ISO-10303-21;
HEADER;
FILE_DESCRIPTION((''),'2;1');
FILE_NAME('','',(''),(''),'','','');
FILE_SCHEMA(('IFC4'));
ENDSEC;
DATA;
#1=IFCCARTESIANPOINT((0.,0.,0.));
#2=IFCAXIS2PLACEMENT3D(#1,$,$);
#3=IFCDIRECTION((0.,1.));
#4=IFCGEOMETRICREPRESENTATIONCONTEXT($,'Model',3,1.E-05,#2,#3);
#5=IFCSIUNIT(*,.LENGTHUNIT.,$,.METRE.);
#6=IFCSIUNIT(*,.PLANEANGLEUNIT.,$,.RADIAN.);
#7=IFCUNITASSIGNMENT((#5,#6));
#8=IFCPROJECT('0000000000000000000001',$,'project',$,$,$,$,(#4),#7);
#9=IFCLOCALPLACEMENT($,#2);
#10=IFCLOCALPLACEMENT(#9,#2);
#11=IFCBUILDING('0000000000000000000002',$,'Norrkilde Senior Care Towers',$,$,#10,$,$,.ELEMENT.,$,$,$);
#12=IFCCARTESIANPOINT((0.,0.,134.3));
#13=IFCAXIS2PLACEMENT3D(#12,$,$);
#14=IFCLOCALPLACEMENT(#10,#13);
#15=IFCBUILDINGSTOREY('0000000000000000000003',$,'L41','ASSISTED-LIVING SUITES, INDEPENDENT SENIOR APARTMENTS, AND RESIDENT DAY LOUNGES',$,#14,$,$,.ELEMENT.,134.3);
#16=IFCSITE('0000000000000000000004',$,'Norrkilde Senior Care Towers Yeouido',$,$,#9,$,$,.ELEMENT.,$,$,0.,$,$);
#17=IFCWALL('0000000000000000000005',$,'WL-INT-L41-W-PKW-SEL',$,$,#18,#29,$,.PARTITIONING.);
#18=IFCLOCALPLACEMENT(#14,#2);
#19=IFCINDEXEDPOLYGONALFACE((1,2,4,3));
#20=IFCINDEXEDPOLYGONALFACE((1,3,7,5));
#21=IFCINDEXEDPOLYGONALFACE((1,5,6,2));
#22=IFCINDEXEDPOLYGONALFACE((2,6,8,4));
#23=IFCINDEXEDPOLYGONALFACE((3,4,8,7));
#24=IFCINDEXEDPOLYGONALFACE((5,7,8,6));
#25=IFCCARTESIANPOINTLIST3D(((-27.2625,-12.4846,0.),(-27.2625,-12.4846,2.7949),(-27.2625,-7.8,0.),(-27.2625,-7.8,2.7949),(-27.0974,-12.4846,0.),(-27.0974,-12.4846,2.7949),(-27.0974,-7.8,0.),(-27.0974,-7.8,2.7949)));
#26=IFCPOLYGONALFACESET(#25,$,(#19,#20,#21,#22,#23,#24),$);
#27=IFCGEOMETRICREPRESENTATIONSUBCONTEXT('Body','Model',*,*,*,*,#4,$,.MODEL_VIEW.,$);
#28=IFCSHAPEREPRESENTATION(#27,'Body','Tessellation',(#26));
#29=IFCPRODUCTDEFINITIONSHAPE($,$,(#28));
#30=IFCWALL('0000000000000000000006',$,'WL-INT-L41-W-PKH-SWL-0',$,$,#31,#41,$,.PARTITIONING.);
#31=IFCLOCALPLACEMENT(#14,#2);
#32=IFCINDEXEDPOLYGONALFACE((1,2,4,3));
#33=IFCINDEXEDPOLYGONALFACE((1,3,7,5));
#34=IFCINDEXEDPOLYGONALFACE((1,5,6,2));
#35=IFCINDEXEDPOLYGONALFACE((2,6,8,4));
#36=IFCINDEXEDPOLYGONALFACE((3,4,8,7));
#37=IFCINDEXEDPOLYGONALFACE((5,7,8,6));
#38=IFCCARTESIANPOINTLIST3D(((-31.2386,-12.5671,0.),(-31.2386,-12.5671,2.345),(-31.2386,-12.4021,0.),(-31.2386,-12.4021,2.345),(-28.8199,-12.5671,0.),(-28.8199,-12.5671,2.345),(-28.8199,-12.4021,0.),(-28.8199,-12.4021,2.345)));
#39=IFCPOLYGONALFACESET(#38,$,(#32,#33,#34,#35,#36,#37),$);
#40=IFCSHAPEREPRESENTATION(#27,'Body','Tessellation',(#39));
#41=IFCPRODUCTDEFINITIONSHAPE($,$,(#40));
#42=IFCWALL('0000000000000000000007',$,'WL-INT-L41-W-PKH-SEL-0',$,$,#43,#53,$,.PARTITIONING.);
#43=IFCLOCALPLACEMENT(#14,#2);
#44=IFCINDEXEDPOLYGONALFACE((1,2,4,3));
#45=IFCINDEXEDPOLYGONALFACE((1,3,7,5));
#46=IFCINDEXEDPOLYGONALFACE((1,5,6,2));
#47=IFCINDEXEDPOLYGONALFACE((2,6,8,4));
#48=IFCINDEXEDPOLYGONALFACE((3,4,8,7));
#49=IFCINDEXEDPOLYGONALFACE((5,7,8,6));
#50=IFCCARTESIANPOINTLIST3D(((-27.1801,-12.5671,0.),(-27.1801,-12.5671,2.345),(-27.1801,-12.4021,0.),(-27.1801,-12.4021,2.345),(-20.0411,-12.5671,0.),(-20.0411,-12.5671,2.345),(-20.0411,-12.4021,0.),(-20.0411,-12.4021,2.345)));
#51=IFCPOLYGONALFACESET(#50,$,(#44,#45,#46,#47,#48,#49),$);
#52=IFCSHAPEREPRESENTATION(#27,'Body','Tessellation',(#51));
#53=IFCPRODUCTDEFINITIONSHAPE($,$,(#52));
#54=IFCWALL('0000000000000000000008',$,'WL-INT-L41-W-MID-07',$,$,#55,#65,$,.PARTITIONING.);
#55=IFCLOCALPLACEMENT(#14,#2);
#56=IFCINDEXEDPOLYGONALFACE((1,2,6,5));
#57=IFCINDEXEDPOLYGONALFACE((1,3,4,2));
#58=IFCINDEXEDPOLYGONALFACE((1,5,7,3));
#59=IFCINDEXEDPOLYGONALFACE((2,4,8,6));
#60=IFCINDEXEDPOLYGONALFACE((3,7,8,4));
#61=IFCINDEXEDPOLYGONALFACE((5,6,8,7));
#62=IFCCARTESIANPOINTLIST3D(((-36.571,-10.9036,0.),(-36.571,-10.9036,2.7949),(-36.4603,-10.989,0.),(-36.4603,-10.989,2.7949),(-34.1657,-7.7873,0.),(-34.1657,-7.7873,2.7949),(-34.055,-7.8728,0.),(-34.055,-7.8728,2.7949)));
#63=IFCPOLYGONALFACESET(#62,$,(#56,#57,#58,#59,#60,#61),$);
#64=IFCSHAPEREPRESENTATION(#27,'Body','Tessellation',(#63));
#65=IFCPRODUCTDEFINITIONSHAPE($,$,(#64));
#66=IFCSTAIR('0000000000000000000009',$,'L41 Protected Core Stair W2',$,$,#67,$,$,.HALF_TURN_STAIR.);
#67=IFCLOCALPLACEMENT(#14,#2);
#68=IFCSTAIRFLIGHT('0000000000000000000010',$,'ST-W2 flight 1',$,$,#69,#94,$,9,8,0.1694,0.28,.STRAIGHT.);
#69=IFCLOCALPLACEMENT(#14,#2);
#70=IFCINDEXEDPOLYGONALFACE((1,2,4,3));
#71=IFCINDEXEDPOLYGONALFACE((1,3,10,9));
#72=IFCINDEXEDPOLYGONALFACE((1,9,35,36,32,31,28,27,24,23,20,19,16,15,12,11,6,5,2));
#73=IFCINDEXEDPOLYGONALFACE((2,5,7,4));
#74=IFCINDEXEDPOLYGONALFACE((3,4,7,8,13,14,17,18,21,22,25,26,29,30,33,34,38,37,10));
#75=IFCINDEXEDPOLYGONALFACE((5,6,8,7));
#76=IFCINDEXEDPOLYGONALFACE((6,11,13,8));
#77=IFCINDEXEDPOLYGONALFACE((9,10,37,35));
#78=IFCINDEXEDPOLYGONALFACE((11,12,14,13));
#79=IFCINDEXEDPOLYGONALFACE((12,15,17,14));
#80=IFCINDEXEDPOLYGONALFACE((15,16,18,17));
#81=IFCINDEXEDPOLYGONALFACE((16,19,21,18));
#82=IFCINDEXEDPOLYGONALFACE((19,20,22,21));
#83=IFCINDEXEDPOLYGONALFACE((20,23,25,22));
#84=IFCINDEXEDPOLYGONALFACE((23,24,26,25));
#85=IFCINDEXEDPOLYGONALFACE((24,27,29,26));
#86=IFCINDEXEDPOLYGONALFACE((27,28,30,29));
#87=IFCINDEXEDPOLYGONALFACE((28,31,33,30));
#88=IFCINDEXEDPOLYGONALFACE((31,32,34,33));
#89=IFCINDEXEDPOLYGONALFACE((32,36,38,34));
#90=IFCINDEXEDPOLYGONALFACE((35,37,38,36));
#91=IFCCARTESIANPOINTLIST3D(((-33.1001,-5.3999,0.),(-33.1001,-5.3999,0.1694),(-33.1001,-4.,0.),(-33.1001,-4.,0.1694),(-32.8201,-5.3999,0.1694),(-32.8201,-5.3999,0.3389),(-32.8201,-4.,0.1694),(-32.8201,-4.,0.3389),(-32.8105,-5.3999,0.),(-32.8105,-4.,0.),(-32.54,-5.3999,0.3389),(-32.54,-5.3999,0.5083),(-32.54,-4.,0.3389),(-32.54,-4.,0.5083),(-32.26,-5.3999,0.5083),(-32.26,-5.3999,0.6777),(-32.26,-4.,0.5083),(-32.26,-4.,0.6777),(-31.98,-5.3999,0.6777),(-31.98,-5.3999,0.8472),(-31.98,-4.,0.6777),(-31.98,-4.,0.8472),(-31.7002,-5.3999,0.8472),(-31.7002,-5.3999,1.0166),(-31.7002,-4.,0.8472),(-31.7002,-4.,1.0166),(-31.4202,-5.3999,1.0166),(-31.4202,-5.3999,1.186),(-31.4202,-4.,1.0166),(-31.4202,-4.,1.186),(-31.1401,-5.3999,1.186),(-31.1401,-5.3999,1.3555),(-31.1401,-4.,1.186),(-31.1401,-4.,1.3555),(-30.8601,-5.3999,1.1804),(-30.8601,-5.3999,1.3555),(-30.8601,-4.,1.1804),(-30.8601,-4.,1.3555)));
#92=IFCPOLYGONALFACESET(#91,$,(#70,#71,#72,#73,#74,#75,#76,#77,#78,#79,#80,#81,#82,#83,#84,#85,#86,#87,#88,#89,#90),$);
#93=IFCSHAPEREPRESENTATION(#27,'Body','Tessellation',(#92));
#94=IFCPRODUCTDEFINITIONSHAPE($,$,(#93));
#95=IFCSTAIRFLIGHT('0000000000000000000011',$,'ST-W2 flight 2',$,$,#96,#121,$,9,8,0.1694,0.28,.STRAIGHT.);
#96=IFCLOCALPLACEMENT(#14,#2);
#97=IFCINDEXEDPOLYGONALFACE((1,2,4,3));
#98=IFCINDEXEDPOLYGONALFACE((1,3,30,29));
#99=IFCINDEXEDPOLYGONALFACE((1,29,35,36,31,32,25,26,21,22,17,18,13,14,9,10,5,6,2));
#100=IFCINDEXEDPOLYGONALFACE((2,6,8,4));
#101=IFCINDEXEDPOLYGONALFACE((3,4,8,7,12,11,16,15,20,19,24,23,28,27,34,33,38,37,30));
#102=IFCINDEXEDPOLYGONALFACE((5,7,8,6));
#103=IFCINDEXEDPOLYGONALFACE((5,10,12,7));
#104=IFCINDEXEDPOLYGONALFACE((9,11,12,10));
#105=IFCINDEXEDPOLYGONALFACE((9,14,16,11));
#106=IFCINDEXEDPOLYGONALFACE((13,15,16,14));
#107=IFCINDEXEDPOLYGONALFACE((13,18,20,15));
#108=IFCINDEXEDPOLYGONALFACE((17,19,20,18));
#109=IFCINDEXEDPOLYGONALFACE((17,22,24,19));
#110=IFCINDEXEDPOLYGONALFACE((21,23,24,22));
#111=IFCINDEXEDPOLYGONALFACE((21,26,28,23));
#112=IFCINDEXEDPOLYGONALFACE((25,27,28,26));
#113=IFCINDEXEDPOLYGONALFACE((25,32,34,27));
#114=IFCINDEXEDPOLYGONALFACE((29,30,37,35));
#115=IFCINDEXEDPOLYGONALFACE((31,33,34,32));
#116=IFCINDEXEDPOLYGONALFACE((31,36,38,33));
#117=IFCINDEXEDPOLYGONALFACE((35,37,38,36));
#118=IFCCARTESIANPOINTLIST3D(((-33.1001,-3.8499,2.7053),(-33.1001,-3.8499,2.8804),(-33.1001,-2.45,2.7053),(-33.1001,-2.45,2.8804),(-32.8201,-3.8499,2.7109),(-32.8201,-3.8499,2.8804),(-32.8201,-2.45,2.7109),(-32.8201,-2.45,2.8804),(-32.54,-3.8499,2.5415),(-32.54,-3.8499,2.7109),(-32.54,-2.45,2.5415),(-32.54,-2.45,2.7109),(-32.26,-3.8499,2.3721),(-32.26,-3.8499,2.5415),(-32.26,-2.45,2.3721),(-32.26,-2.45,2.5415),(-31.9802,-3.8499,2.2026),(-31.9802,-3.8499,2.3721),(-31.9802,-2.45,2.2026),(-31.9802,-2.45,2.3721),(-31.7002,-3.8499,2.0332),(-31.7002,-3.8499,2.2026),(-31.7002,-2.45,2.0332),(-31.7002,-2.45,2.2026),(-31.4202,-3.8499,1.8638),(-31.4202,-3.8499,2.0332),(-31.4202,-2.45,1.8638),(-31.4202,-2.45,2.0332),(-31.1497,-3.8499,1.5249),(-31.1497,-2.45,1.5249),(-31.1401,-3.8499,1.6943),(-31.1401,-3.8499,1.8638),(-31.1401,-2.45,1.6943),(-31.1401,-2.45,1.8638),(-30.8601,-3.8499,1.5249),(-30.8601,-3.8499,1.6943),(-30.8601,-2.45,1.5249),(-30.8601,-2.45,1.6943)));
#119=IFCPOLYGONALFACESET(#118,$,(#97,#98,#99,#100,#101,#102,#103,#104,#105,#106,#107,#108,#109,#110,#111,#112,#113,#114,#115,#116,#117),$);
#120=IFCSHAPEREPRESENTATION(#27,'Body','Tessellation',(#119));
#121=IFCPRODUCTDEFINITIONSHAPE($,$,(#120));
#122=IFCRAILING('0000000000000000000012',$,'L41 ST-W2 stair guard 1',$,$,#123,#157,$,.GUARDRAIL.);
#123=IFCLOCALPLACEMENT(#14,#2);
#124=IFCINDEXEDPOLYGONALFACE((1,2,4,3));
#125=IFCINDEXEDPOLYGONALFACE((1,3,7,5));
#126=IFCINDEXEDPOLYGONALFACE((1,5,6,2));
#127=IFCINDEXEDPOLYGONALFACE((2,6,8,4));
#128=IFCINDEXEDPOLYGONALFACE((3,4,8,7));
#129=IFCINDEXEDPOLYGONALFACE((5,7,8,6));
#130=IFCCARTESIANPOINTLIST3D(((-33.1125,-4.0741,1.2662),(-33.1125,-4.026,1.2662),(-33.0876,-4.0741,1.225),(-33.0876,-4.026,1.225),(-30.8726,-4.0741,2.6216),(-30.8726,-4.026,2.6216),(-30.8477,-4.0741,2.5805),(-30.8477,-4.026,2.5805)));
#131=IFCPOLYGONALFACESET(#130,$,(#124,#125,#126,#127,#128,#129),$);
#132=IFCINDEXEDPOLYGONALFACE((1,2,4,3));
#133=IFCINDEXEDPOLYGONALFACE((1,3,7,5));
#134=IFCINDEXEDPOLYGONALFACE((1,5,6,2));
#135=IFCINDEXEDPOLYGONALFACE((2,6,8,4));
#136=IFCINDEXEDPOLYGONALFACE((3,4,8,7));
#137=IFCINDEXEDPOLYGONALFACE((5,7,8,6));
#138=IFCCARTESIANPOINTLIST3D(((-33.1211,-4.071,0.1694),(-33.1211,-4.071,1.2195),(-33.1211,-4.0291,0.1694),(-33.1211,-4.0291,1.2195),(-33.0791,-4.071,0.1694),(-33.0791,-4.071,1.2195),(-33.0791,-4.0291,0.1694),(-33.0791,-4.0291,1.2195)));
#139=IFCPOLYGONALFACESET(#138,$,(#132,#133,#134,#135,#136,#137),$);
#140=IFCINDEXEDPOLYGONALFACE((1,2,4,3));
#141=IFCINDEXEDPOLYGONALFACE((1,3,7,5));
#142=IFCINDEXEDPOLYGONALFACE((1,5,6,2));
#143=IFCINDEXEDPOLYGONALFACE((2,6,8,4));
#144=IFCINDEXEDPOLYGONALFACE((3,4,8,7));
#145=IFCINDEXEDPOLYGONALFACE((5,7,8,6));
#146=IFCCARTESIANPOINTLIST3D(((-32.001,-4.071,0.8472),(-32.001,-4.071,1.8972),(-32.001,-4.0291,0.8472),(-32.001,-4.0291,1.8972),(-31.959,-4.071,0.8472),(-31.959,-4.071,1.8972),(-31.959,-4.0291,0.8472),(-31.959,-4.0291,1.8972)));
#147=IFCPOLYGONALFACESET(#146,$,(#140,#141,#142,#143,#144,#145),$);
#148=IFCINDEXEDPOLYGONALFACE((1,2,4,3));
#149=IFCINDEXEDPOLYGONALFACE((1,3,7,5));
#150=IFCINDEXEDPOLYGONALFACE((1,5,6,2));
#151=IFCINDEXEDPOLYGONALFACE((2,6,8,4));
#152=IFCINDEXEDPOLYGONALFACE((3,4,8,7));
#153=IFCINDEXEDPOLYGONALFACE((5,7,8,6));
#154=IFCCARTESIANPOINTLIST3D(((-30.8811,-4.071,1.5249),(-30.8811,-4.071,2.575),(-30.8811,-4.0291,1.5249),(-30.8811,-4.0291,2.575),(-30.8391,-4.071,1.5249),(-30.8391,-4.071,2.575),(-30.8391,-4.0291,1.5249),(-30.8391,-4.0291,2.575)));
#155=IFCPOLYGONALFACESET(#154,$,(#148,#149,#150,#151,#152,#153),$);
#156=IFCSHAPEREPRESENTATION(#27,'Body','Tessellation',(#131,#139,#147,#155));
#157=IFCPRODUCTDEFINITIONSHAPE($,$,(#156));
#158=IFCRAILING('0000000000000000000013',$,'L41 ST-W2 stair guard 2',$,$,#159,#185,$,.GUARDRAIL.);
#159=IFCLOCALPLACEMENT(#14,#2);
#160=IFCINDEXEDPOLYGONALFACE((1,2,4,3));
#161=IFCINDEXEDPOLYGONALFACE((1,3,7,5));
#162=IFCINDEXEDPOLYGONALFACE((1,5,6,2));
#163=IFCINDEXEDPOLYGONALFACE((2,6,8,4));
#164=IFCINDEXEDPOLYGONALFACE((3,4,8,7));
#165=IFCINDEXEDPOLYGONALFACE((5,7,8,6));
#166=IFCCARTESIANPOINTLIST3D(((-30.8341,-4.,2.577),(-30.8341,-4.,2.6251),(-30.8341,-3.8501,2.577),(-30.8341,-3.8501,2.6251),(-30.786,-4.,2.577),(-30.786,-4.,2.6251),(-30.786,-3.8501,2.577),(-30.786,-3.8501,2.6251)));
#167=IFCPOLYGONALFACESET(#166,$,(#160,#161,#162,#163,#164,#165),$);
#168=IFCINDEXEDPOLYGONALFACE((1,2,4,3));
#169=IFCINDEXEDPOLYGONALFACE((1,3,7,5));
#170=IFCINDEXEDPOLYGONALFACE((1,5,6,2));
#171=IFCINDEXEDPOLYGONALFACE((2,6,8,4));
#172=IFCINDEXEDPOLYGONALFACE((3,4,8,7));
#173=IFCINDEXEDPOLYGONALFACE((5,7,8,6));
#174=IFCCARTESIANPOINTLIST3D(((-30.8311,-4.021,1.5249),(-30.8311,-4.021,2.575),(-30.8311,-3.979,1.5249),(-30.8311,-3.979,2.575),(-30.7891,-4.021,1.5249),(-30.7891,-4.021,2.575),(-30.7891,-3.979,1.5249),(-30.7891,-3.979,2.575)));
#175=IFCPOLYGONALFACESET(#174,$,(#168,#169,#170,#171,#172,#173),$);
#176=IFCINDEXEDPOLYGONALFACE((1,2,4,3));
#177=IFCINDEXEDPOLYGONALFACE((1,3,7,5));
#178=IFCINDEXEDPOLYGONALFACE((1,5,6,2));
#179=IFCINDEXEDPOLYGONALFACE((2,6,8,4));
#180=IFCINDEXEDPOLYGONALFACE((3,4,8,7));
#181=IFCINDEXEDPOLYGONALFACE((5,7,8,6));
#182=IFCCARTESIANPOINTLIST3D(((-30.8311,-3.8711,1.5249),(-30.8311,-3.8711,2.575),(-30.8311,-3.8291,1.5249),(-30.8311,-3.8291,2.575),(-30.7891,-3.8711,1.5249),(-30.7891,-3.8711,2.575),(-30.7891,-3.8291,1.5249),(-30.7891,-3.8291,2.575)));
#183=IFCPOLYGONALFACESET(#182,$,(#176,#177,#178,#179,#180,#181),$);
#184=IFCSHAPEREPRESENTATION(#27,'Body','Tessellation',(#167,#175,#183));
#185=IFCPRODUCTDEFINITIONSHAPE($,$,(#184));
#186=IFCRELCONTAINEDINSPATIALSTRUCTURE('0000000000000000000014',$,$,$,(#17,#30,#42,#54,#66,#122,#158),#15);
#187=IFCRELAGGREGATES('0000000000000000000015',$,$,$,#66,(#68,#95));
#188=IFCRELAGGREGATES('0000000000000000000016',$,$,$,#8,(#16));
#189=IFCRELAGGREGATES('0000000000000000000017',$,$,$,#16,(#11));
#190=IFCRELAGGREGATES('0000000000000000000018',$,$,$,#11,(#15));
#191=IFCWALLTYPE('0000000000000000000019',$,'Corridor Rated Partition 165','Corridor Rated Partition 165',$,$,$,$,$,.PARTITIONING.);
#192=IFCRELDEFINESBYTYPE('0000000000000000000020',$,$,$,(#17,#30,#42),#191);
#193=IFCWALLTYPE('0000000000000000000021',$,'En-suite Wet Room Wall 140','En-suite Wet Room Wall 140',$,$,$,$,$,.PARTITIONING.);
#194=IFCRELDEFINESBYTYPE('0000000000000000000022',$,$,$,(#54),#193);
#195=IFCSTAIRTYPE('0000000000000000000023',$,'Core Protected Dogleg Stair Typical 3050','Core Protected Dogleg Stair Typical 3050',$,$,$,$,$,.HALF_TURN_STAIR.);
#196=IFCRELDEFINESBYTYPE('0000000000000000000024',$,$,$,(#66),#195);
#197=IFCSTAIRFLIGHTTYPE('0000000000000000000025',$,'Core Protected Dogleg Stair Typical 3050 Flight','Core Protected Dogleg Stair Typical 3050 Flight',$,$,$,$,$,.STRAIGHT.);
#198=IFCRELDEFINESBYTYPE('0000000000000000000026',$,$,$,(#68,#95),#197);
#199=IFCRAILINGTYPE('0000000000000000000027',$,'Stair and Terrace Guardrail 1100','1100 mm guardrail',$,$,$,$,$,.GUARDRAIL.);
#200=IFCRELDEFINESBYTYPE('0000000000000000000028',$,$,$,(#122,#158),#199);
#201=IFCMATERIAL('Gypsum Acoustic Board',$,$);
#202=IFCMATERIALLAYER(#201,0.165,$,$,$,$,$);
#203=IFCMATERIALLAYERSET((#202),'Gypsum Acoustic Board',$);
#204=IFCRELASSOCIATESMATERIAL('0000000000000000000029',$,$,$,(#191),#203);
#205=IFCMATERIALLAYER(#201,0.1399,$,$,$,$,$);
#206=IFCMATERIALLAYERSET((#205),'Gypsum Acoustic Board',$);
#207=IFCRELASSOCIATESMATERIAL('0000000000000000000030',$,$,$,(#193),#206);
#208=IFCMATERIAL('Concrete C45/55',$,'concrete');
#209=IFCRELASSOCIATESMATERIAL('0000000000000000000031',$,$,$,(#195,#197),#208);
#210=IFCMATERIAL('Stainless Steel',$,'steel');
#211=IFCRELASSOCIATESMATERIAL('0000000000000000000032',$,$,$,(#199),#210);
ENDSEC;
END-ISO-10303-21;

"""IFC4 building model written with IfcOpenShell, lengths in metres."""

from ifc_helpers import new_model, si_unit, direction, frame, frame_2d, origin, origin_2d, place, context, subcontext, project, spatial, polyline, rectangle, outline, extrude, source, transform, mapped, material, layer, layer_set, type_object, type_shapes, element, aggregate, save


model = new_model("IFC4")

# Units and contexts
model_context = context("Model", 3, precision=1e-05, world=origin(), true_north=direction((0.0, 1.0)))
body_context = subcontext(model_context, "Body", "Model", "MODEL_VIEW")
ifc_project = project(units=[si_unit("LENGTHUNIT", "METRE"), si_unit("PLANEANGLEUNIT", "RADIAN")], contexts=[model_context])

# Site, building, storey
site_placement = place(None, origin())
site = spatial("IfcSite", under=ifc_project, at=site_placement, Name="Norrkilde Senior Care Towers Yeouido", CompositionType="ELEMENT", RefElevation=0.0)
building_placement = place(site_placement, origin())
building = spatial("IfcBuilding", under=site, at=building_placement, Name="Norrkilde Senior Care Towers", CompositionType="ELEMENT")
storey_placement = place(building_placement, frame((0.0, 0.0, 134.3)))
storey = spatial("IfcBuildingStorey", under=building, at=storey_placement, Name="L41", Description="ASSISTED-LIVING SUITES, INDEPENDENT SENIOR APARTMENTS, AND RESIDENT DAY LOUNGES", CompositionType="ELEMENT", Elevation=134.3)

# Shared definitions
ifc_material_1 = material(Name="Concrete C45/55", Category="concrete")

# Shared definitions
ifc_material_2 = material(Name="Stainless Steel", Category="steel")

# Shared definitions
ifc_material_3 = material(Name="Gypsum Acoustic Board")
ifc_layer_1 = layer(ifc_material_3, 0.165)
ifc_layer_set_1 = layer_set([ifc_layer_1], Name="Gypsum Acoustic Board")
wall_type_1 = type_object("IfcWallType", Name="Corridor Rated Partition 165", Description="Corridor Rated Partition 165", PredefinedType="PARTITIONING", material=ifc_layer_set_1)

# Shared definitions
shared_shape_1 = source(origin(), body_context, "Body", "SweptSolid", [
    extrude(rectangle(XDim=4.6846, YDim=0.165, at=frame_2d((2.3423, 0.0))), origin(), (0.0, 0.0, 1.0), 2.7949),
])

# Walls
wall_1_placement = place(storey_placement, frame((-27.1799, -12.4846, 0.0), z_axis=(0.0, 0.0, 1.0), x_axis=(0.0, 1.0, 0.0)))
element("IfcWall", 1, at=wall_1_placement, inside=storey, type_object=wall_type_1, Name="WL-INT-L41-W-PKW-SEL", PredefinedType="PARTITIONING", context=body_context, shape_type="MappedRepresentation", body=[
    mapped(shared_shape_1, transform((0.0, 0.0, 0.0), x_axis=(1.0, 0.0, 0.0), y_axis=(0.0, 1.0, 0.0), z_axis=(0.0, 0.0, 1.0), scale=1.0)),
])
shared_shape_2 = source(origin(), body_context, "Body", "SweptSolid", [
    extrude(rectangle(XDim=2.4187, YDim=0.165, at=frame_2d((1.2095, 0.0))), origin(), (0.0, 0.0, 1.0), 2.345),
])
wall_2_placement = place(storey_placement, frame((-31.2388, -12.4846, 0.0), z_axis=(0.0, 0.0, 1.0), x_axis=(1.0, 0.0, 0.0)))
element("IfcWall", 2, at=wall_2_placement, inside=storey, type_object=wall_type_1, Name="WL-INT-L41-W-PKH-SWL-0", PredefinedType="PARTITIONING", context=body_context, shape_type="MappedRepresentation", body=[
    mapped(shared_shape_2, transform((0.0, 0.0, 0.0), x_axis=(1.0, 0.0, 0.0), y_axis=(0.0, 1.0, 0.0), z_axis=(0.0, 0.0, 1.0), scale=1.0)),
])
shared_shape_3 = source(origin(), body_context, "Body", "SweptSolid", [
    extrude(rectangle(XDim=7.1389, YDim=0.165, at=frame_2d((3.5693, 0.0))), origin(), (0.0, 0.0, 1.0), 2.345),
])
wall_3_placement = place(storey_placement, frame((-27.1799, -12.4846, 0.0), z_axis=(0.0, 0.0, 1.0), x_axis=(1.0, 0.0, 0.0)))
element("IfcWall", 3, at=wall_3_placement, inside=storey, type_object=wall_type_1, Name="WL-INT-L41-W-PKH-SEL-0", PredefinedType="PARTITIONING", context=body_context, shape_type="MappedRepresentation", body=[
    mapped(shared_shape_3, transform((0.0, 0.0, 0.0), x_axis=(1.0, 0.0, 0.0), y_axis=(0.0, 1.0, 0.0), z_axis=(0.0, 0.0, 1.0), scale=1.0)),
])
ifc_layer_2 = layer(ifc_material_3, 0.1399)
ifc_layer_set_2 = layer_set([ifc_layer_2], Name="Gypsum Acoustic Board")
wall_type_2 = type_object("IfcWallType", Name="En-suite Wet Room Wall 140", Description="En-suite Wet Room Wall 140", PredefinedType="PARTITIONING", material=ifc_layer_set_2)
shared_shape_4 = source(origin(), body_context, "Body", "SweptSolid", [
    extrude(rectangle(XDim=3.9365, YDim=0.1399, at=frame_2d((1.9683, 0.0))), origin(), (0.0, 0.0, 1.0), 2.7949),
])
type_shapes(wall_type_2, [shared_shape_4])
wall_4_placement = place(storey_placement, frame((-34.1104, -7.8301, 0.0), z_axis=(0.0, 0.0, 1.0), x_axis=(-0.611017, -0.791618, 0.0)))
element("IfcWall", 4, at=wall_4_placement, inside=storey, type_object=wall_type_2, Name="WL-INT-L41-W-MID-07", PredefinedType="PARTITIONING", context=body_context, shape_type="MappedRepresentation", body=[
    mapped(shared_shape_4, transform((0.0, 0.0, 0.0), x_axis=(1.0, 0.0, 0.0), y_axis=(0.0, 1.0, 0.0), z_axis=(0.0, 0.0, 1.0), scale=1.0)),
])

# Stair, stair flights
stair_type = type_object("IfcStairType", Name="Core Protected Dogleg Stair Typical 3050", Description="Core Protected Dogleg Stair Typical 3050", PredefinedType="HALF_TURN_STAIR", material=ifc_material_1)
stair_placement = place(storey_placement, origin())
stair = element("IfcStair", 5, at=stair_placement, inside=storey, type_object=stair_type, Name="L41 Protected Core Stair W2", PredefinedType="HALF_TURN_STAIR")
stair_flight_type = type_object("IfcStairFlightType", Name="Core Protected Dogleg Stair Typical 3050 Flight", Description="Core Protected Dogleg Stair Typical 3050 Flight", PredefinedType="STRAIGHT", material=ifc_material_1)
stair_flight_1_placement = place(storey_placement, frame((-33.1001, -4.7, 0.0), z_axis=(0.0, 0.0, 1.0), x_axis=(1.0, 0.0, 0.0)))
stair_flight_1 = element("IfcStairFlight", 6, at=stair_flight_1_placement, type_object=stair_flight_type, Name="ST-W2 flight 1", NumberOfRisers=9, NumberOfTreads=8, PredefinedType="STRAIGHT", RiserHeight=0.1694, TreadLength=0.28, context=body_context, shape_type="SweptSolid", body=[
    extrude(outline(polyline([(0.0, 0.0), (0.0, 0.1694), (0.28, 0.1694), (0.28, 0.3389), (0.5601, 0.3389), (0.5601, 0.5083), (0.8401, 0.5083), (0.8401, 0.6777), (1.1201, 0.6777), (1.1201, 0.8472), (1.3999, 0.8472), (1.3999, 1.0166), (1.6799, 1.0166), (1.6799, 1.186), (1.96, 1.186), (1.96, 1.3555), (2.24, 1.3555), (2.24, 1.5249), (2.24, 1.1804), (0.2896, 0.0), (0.0, 0.0)])), frame((0.0, 0.7, 0.0), z_axis=(0.0, -1.0, 0.0), x_axis=(1.0, 0.0, 0.0)), (0.0, 0.0, 1.0), 1.3999),
])
stair_flight_2_placement = place(storey_placement, frame((-30.8601, -3.1499, 1.5249), z_axis=(0.0, 0.0, 1.0), x_axis=(-1.0, 0.0, 0.0)))
stair_flight_2 = element("IfcStairFlight", 7, at=stair_flight_2_placement, type_object=stair_flight_type, Name="ST-W2 flight 2", NumberOfRisers=9, NumberOfTreads=8, PredefinedType="STRAIGHT", RiserHeight=0.1694, TreadLength=0.28, context=body_context, shape_type="SweptSolid", body=[
    extrude(outline(polyline([(0.0, 0.0), (0.0, 0.1694), (0.28, 0.1694), (0.28, 0.3389), (0.5601, 0.3389), (0.5601, 0.5083), (0.8401, 0.5083), (0.8401, 0.6777), (1.1201, 0.6777), (1.1201, 0.8472), (1.3999, 0.8472), (1.3999, 1.0166), (1.6799, 1.0166), (1.6799, 1.186), (1.96, 1.186), (1.96, 1.3555), (2.24, 1.3555), (2.24, 1.5249), (2.24, 1.1804), (0.2896, 0.0), (0.0, 0.0)])), frame((0.0, 0.7, 0.0), z_axis=(0.0, -1.0, 0.0), x_axis=(1.0, 0.0, 0.0)), (0.0, 0.0, 1.0), 1.3999),
])
aggregate(stair, [stair_flight_1, stair_flight_2])

# Railings
railing_type_1 = type_object("IfcRailingType", Name="Stair and Terrace Guardrail 1100", Description="1100 mm guardrail", PredefinedType="GUARDRAIL", material=ifc_material_2)
railing_1_placement = place(storey_placement, frame((-33.1001, -4.05, 0.1694)))
element("IfcRailing", 8, at=railing_1_placement, inside=storey, type_object=railing_type_1, Name="L41 ST-W2 stair guard 1", PredefinedType="GUARDRAIL", context=body_context, shape_type="SweptSolid", body=[
    extrude(rectangle(XDim=0.0481, YDim=0.0481, at=origin_2d()), frame((0.0, 0.0, 1.0762), z_axis=(0.855553, 0.0, 0.517715), x_axis=(0.0, 1.0, 0.0)), (0.0, 0.0, 1.0), 2.6182),
    extrude(rectangle(XDim=0.042, YDim=0.042, at=origin_2d()), origin(), (0.0, 0.0, 1.0), 1.05),
    extrude(rectangle(XDim=0.042, YDim=0.042, at=origin_2d()), frame((1.1201, 0.0, 0.6777)), (0.0, 0.0, 1.0), 1.05),
    extrude(rectangle(XDim=0.042, YDim=0.042, at=origin_2d()), frame((2.24, 0.0, 1.3555)), (0.0, 0.0, 1.0), 1.05),
])
railing_2_placement = place(storey_placement, frame((-30.8101, -4.0, 1.5249)))
element("IfcRailing", 9, at=railing_2_placement, inside=storey, type_object=railing_type_1, Name="L41 ST-W2 stair guard 2", PredefinedType="GUARDRAIL", context=body_context, shape_type="SweptSolid", body=[
    extrude(rectangle(XDim=0.0481, YDim=0.0481, at=origin_2d()), frame((0.0, 0.0, 1.0762), z_axis=(0.0, 1.0, 0.0), x_axis=(-1.0, 0.0, 0.0)), (0.0, 0.0, 1.0), 0.1499),
    extrude(rectangle(XDim=0.042, YDim=0.042, at=origin_2d()), origin(), (0.0, 0.0, 1.0), 1.05),
    extrude(rectangle(XDim=0.042, YDim=0.042, at=origin_2d()), frame((0.0, 0.1499, 0.0)), (0.0, 0.0, 1.0), 1.05),
])

save(model, "model.ifc")
